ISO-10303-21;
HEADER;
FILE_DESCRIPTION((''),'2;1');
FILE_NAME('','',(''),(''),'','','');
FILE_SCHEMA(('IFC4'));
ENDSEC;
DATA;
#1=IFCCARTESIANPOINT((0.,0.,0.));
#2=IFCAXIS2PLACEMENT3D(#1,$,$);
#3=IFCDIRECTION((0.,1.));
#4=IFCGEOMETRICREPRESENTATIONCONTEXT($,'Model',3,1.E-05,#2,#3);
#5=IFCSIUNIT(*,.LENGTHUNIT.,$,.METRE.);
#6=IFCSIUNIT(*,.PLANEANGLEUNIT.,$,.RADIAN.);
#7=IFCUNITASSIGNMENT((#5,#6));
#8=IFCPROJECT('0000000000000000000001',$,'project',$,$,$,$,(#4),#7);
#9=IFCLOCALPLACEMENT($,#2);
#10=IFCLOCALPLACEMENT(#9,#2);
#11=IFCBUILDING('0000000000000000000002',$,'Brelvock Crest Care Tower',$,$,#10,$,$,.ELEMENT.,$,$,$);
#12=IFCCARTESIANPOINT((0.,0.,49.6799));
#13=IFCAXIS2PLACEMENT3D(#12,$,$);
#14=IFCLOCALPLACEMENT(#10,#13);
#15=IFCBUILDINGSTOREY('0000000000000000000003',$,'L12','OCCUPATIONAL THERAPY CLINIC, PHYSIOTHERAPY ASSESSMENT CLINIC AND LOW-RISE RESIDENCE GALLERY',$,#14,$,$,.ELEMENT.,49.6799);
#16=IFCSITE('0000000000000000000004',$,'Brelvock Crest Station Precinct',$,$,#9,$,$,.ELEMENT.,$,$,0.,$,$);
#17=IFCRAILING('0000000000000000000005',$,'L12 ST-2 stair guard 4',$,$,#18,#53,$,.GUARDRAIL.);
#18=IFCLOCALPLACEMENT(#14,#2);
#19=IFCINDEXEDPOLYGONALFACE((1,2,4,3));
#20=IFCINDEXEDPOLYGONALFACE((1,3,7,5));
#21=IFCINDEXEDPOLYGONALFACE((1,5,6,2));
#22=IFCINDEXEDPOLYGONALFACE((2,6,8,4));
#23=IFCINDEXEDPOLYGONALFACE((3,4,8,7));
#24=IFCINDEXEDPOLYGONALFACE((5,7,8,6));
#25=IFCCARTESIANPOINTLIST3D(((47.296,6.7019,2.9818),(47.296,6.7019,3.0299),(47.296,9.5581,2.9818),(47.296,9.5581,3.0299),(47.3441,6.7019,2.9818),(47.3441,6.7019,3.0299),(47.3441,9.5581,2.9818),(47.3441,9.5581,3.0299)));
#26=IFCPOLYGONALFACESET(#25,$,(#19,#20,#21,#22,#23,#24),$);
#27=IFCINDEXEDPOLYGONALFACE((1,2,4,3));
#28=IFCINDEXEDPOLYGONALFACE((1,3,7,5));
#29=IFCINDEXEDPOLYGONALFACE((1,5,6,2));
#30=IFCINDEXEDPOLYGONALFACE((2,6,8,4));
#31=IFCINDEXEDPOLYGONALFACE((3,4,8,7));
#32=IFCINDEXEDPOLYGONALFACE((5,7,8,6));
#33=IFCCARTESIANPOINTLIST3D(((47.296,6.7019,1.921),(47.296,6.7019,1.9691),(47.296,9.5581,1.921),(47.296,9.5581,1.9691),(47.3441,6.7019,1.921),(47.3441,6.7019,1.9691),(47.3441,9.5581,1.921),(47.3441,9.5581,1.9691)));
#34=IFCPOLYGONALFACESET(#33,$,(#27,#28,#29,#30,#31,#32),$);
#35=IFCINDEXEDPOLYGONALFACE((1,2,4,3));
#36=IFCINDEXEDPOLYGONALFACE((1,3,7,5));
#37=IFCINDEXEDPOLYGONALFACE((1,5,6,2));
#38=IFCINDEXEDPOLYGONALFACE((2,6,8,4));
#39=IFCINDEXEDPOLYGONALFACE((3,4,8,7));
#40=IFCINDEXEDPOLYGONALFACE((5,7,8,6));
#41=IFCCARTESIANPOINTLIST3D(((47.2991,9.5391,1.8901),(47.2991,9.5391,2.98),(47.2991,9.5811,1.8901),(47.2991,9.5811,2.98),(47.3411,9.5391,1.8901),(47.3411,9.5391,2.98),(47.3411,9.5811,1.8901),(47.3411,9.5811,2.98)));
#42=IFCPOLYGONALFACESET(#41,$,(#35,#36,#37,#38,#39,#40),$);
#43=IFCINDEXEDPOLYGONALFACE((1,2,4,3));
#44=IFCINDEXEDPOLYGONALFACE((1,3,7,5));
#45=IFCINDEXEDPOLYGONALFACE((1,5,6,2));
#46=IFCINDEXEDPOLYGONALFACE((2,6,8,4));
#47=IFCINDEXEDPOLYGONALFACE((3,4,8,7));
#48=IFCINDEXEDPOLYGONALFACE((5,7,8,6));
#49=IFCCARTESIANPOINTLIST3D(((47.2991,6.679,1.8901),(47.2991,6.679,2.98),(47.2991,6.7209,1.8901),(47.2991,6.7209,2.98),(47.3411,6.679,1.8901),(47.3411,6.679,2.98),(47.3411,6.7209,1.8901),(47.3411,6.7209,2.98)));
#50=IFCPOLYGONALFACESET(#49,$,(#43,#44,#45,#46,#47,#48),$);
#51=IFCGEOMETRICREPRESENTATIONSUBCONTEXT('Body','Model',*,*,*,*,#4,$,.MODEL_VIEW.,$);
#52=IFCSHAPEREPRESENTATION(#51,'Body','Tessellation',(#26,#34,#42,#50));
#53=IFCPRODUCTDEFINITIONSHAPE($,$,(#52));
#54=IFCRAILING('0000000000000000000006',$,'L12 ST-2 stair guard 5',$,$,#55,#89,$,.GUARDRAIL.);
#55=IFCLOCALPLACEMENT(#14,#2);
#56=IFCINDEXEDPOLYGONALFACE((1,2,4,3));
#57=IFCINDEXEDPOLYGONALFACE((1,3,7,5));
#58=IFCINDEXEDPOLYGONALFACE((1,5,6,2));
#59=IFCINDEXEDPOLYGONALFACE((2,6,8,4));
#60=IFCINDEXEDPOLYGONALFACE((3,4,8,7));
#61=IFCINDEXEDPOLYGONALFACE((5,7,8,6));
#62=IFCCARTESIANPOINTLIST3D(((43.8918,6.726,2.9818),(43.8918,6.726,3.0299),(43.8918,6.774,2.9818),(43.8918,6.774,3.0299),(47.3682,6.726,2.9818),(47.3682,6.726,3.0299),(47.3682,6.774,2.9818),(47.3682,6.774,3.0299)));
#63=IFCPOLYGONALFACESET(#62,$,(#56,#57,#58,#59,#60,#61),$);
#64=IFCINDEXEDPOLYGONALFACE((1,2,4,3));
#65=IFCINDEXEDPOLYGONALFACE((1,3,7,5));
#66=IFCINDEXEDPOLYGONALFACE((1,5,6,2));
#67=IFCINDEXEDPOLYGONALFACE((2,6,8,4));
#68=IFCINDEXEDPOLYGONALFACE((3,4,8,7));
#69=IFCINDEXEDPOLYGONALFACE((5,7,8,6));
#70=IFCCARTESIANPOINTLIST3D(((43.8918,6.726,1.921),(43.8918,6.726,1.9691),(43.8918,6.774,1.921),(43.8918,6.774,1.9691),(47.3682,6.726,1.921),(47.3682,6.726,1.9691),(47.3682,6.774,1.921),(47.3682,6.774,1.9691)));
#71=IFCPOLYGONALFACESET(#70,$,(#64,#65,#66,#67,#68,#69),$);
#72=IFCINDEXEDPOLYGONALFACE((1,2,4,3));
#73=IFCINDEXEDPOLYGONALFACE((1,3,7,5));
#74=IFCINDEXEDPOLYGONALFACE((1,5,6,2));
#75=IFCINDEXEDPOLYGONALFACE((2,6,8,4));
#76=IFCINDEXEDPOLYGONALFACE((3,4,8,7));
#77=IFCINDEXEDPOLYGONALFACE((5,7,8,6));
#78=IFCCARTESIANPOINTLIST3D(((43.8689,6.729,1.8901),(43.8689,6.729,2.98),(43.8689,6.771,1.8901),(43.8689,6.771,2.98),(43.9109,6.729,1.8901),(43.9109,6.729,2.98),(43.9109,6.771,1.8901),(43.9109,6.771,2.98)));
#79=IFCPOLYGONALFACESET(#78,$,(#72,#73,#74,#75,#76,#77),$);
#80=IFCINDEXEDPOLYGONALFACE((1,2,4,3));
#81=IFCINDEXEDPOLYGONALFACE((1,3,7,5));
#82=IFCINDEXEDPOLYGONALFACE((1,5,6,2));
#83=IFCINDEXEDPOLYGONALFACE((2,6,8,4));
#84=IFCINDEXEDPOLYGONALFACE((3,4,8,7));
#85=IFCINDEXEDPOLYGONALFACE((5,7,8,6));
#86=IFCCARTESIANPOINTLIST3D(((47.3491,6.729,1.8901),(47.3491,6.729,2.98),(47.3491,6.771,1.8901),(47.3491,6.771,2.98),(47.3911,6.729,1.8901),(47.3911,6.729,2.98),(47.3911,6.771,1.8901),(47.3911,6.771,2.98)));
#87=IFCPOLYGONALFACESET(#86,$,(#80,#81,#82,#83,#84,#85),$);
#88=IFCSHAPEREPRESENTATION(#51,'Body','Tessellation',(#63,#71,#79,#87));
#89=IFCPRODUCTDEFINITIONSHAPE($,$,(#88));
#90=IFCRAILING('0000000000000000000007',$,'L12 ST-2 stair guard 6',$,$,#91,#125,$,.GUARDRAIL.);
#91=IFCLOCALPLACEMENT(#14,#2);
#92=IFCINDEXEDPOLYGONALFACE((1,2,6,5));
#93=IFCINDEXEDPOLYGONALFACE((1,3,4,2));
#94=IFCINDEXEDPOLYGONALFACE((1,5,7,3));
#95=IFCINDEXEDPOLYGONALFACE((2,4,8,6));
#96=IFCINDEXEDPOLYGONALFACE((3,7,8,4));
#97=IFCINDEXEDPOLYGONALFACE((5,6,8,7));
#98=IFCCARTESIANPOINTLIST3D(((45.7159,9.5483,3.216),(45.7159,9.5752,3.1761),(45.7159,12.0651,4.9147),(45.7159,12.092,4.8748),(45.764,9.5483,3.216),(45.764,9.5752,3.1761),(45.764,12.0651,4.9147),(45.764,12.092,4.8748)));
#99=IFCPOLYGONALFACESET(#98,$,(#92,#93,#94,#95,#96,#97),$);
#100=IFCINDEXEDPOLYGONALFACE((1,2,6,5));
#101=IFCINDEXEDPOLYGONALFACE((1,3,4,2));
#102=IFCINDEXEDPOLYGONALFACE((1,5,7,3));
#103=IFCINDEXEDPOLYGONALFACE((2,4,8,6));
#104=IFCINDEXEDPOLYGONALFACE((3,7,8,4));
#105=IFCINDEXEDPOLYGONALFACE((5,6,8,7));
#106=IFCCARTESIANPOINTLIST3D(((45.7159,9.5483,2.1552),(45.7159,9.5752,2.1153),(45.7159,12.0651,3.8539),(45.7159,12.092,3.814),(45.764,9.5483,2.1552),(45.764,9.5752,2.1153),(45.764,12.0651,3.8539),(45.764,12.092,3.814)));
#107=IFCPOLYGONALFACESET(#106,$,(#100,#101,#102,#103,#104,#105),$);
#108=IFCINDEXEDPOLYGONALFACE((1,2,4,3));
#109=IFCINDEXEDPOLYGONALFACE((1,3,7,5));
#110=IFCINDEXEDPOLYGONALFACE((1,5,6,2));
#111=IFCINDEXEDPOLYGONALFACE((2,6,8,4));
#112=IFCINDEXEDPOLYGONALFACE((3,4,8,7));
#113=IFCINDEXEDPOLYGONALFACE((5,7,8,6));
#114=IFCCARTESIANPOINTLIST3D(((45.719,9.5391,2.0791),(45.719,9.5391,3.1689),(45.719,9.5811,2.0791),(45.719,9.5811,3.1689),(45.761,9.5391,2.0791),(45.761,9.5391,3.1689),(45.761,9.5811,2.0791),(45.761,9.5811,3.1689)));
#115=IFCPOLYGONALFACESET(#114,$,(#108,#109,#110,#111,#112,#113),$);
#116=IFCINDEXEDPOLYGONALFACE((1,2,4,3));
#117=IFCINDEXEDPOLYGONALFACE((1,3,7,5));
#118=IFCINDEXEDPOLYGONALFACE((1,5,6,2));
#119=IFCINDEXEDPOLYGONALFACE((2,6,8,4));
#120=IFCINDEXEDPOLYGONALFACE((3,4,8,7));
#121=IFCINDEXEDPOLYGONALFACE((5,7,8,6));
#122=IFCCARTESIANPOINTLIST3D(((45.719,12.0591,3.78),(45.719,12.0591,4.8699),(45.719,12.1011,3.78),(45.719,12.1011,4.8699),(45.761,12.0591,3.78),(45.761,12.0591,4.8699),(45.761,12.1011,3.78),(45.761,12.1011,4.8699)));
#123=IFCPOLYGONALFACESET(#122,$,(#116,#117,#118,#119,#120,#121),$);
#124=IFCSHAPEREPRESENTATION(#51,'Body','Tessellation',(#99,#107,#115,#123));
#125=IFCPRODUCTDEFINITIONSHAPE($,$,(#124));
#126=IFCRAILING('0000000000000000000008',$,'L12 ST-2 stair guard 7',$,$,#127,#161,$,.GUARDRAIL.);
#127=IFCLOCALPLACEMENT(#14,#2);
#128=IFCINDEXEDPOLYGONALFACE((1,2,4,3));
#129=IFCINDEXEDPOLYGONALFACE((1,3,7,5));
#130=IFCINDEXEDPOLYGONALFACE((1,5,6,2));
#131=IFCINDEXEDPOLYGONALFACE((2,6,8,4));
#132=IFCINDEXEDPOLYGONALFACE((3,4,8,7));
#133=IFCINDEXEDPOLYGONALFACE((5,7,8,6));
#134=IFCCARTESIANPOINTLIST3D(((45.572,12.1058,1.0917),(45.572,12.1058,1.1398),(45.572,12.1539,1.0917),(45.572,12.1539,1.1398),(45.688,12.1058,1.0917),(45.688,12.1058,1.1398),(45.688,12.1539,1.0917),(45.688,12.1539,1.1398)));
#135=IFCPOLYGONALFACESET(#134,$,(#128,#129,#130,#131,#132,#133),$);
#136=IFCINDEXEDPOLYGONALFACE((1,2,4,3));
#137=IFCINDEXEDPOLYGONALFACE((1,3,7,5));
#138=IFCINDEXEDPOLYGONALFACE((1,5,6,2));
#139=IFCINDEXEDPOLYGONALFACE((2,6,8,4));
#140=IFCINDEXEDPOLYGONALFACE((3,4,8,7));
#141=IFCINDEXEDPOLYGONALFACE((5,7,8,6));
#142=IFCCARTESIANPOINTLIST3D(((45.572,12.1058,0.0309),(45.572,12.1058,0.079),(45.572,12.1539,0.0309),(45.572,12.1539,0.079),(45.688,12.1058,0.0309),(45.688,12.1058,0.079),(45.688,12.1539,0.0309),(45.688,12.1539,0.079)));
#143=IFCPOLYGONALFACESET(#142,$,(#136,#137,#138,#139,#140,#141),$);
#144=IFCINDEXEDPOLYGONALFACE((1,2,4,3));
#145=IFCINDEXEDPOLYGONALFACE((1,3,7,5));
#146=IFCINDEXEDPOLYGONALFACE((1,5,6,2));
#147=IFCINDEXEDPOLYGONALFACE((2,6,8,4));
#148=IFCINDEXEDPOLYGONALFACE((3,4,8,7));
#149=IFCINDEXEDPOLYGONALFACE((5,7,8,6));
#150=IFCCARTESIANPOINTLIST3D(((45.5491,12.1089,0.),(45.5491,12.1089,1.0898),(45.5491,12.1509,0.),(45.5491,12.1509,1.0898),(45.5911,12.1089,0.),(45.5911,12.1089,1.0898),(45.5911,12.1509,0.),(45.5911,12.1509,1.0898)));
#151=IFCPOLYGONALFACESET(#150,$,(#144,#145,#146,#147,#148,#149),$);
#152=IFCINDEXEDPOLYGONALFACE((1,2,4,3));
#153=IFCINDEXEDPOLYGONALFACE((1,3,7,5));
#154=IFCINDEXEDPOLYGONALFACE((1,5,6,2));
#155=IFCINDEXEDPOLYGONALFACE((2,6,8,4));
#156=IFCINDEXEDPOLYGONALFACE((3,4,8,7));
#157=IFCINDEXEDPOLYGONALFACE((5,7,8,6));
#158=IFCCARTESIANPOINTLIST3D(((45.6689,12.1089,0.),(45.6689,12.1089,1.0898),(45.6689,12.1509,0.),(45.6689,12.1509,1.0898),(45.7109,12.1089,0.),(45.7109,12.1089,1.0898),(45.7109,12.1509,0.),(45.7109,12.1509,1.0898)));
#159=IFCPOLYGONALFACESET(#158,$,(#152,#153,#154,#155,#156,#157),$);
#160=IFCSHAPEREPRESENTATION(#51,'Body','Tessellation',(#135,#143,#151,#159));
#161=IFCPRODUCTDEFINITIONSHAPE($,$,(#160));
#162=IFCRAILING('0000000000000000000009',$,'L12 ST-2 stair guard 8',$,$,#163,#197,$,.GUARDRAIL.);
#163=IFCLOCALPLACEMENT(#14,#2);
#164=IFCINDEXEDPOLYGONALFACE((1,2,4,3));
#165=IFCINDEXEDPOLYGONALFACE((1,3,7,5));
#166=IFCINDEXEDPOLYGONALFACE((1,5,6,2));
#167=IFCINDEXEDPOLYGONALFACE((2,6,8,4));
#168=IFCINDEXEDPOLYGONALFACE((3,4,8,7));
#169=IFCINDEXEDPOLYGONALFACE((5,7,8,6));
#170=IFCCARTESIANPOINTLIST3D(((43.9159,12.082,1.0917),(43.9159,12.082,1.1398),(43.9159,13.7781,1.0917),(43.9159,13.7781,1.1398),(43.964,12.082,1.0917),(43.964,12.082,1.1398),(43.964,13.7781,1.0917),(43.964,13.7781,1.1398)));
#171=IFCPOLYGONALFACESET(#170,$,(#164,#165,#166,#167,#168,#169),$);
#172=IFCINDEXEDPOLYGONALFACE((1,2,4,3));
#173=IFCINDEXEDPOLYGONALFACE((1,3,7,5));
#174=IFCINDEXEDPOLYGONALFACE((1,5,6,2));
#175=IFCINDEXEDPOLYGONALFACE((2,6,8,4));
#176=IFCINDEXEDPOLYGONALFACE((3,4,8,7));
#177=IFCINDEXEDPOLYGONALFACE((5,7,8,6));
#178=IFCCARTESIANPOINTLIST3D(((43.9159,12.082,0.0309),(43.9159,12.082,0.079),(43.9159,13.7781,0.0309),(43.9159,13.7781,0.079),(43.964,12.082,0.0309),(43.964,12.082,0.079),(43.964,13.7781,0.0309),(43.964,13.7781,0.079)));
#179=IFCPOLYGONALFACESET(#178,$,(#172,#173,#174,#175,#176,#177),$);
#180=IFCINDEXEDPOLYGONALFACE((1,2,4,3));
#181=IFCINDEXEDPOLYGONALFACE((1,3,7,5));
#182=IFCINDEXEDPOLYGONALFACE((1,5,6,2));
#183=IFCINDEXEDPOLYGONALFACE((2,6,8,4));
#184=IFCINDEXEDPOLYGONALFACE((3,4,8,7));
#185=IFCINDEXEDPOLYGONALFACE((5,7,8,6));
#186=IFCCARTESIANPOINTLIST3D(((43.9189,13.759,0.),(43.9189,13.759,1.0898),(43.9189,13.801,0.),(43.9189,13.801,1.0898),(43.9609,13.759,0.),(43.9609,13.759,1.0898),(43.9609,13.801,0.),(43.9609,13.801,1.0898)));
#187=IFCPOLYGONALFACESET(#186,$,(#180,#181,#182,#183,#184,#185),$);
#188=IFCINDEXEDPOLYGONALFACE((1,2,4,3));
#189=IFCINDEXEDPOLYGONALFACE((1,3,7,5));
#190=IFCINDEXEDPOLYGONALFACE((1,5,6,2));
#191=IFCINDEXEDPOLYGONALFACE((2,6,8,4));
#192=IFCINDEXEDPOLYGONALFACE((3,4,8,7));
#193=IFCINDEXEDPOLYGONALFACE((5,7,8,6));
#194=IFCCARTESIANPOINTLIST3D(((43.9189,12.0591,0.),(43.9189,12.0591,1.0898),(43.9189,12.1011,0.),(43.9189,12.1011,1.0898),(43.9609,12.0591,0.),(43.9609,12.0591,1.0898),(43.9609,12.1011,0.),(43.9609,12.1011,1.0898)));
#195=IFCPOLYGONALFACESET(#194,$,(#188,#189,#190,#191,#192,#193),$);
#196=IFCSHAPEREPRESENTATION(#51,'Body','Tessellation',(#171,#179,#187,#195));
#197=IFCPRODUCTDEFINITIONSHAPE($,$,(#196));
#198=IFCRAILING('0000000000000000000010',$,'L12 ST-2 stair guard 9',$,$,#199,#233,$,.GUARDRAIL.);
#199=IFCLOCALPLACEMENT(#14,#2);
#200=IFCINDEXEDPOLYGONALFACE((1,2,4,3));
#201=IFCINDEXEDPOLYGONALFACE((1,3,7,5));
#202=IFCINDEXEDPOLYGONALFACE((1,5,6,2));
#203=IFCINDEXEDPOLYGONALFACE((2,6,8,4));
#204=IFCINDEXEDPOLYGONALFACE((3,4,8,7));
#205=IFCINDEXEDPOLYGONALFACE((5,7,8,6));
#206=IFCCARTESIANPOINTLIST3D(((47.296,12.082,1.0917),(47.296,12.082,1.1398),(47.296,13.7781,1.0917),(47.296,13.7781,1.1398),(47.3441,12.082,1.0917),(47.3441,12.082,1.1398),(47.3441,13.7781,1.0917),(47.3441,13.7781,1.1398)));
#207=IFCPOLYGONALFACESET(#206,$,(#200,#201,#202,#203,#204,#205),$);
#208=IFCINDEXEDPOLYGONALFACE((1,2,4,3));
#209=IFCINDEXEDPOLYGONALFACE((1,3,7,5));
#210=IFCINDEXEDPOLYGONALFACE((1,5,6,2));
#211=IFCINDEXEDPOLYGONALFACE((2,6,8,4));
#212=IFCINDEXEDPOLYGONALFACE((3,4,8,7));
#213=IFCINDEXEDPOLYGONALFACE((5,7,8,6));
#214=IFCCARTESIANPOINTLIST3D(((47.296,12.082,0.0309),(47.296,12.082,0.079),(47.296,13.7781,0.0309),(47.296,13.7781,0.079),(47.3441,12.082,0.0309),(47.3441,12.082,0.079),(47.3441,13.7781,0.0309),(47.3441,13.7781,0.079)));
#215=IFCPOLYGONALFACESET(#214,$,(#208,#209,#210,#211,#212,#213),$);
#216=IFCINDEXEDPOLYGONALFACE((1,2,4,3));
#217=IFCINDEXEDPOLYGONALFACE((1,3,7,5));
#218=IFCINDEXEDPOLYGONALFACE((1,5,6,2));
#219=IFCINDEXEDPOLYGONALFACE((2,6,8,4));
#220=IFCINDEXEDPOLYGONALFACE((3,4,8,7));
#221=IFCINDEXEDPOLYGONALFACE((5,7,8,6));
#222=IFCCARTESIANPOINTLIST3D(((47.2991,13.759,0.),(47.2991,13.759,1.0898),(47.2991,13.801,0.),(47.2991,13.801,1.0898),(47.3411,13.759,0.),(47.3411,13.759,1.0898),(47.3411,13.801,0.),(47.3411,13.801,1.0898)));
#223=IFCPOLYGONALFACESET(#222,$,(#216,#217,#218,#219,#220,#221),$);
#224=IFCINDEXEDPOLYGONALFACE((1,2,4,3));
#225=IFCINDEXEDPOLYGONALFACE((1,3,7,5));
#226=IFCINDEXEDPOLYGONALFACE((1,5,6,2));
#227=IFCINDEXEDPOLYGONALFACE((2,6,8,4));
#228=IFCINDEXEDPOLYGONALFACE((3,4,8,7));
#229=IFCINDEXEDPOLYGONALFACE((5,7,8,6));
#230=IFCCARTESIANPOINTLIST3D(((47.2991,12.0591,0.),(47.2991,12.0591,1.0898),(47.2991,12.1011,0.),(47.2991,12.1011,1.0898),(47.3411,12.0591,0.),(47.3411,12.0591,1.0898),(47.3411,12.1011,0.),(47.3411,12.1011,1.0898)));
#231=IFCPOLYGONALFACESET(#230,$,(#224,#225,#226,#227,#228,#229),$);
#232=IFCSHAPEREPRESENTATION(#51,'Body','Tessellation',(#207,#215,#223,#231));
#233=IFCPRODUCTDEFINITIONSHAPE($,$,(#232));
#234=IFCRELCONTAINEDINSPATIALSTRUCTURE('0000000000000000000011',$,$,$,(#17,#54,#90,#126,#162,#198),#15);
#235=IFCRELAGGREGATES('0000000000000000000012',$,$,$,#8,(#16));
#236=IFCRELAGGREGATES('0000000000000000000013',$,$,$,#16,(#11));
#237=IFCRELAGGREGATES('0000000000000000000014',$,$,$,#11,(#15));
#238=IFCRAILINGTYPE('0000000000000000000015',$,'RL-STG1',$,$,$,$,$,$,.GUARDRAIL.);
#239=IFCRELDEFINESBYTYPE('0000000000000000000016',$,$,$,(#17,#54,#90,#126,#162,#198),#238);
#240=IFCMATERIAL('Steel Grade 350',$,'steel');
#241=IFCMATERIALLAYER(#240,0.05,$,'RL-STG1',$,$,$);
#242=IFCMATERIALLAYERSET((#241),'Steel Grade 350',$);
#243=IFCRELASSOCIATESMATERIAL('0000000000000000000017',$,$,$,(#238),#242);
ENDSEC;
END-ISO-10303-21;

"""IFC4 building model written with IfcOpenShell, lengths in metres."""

from ifc_helpers import new_model, si_unit, direction, frame, origin, origin_2d, place, context, subcontext, project, spatial, rectangle, extrude, material, layer, layer_set, type_object, element, save


model = new_model("IFC4")

# Units and contexts
model_context = context("Model", 3, precision=1e-05, world=origin(), true_north=direction((0.0, 1.0)))
body_context = subcontext(model_context, "Body", "Model", "MODEL_VIEW")
ifc_project = project(units=[si_unit("LENGTHUNIT", "METRE"), si_unit("PLANEANGLEUNIT", "RADIAN")], contexts=[model_context])

# Site, building, storey
site_placement = place(None, origin())
site = spatial("IfcSite", under=ifc_project, at=site_placement, Name="Brelvock Crest Station Precinct", CompositionType="ELEMENT", RefElevation=0.0)
building_placement = place(site_placement, origin())
building = spatial("IfcBuilding", under=site, at=building_placement, Name="Brelvock Crest Care Tower", CompositionType="ELEMENT")
storey_placement = place(building_placement, frame((0.0, 0.0, 49.6799)))
storey = spatial("IfcBuildingStorey", under=building, at=storey_placement, Name="L12", Description="OCCUPATIONAL THERAPY CLINIC, PHYSIOTHERAPY ASSESSMENT CLINIC AND LOW-RISE RESIDENCE GALLERY", CompositionType="ELEMENT", Elevation=49.6799)

# Shared definitions
ifc_material_1 = material(Name="Steel Grade 350", Category="steel")

# Railings
ifc_layer_1 = layer(ifc_material_1, 0.05, Name="RL-STG1")
ifc_layer_set_1 = layer_set([ifc_layer_1], Name="Steel Grade 350")
railing_type_1 = type_object("IfcRailingType", Name="RL-STG1", PredefinedType="GUARDRAIL", material=ifc_layer_set_1)
for number, where, name in (
    (1, (47.3201, 9.5601, 1.8901), "L12 ST-2 stair guard 4"),
):
    element("IfcRailing", number, at=place(storey_placement, frame(where)), inside=storey, type_object=railing_type_1, Name=name, PredefinedType="GUARDRAIL", context=body_context, shape_type="SweptSolid", body=[
        extrude(rectangle(XDim=0.0481, YDim=0.0481, at=origin_2d()), frame((0.0, -0.002, 1.1157), z_axis=(0.0, -1.0, 0.0), x_axis=(1.0, 0.0, 0.0)), (0.0, 0.0, 1.0), 2.8562),
        extrude(rectangle(XDim=0.0481, YDim=0.0481, at=origin_2d()), frame((0.0, -0.002, 0.0549), z_axis=(0.0, -1.0, 0.0), x_axis=(1.0, 0.0, 0.0)), (0.0, 0.0, 1.0), 2.8562),
        extrude(rectangle(XDim=0.042, YDim=0.042, at=origin_2d()), origin(), (0.0, 0.0, 1.0), 1.0898),
        extrude(rectangle(XDim=0.042, YDim=0.042, at=origin_2d()), frame((0.0, -2.8601, 0.0)), (0.0, 0.0, 1.0), 1.0898),
    ])
railing_1_placement = place(storey_placement, frame((43.8899, 6.75, 1.8901)))
element("IfcRailing", 2, at=railing_1_placement, inside=storey, type_object=railing_type_1, Name="L12 ST-2 stair guard 5", PredefinedType="GUARDRAIL", context=body_context, shape_type="SweptSolid", body=[
    extrude(rectangle(XDim=0.0481, YDim=0.0481, at=origin_2d()), frame((0.002, 0.0, 1.1157), z_axis=(1.0, 0.0, 0.0), x_axis=(0.0, 1.0, 0.0)), (0.0, 0.0, 1.0), 3.4763),
    extrude(rectangle(XDim=0.0481, YDim=0.0481, at=origin_2d()), frame((0.002, 0.0, 0.0549), z_axis=(1.0, 0.0, 0.0), x_axis=(0.0, 1.0, 0.0)), (0.0, 0.0, 1.0), 3.4763),
    extrude(rectangle(XDim=0.042, YDim=0.042, at=origin_2d()), origin(), (0.0, 0.0, 1.0), 1.0898),
    extrude(rectangle(XDim=0.042, YDim=0.042, at=origin_2d()), frame((3.4802, 0.0, 0.0)), (0.0, 0.0, 1.0), 1.0898),
])
railing_2_placement = place(storey_placement, frame((45.74, 9.5601, 2.0791)))
element("IfcRailing", 3, at=railing_2_placement, inside=storey, type_object=railing_type_1, Name="L12 ST-2 stair guard 6", PredefinedType="GUARDRAIL", context=body_context, shape_type="SweptSolid", body=[
    extrude(rectangle(XDim=0.0481, YDim=0.0481, at=origin_2d()), frame((0.0, 0.0017, 1.1169), z_axis=(0.0, 0.828862, 0.559454), x_axis=(-1.0, 0.0, 0.0)), (0.0, 0.0, 1.0), 3.0364),
    extrude(rectangle(XDim=0.0481, YDim=0.0481, at=origin_2d()), frame((0.0, 0.0017, 0.0562), z_axis=(0.0, 0.828862, 0.559454), x_axis=(-1.0, 0.0, 0.0)), (0.0, 0.0, 1.0), 3.0364),
    extrude(rectangle(XDim=0.042, YDim=0.042, at=origin_2d()), origin(), (0.0, 0.0, 1.0), 1.0898),
    extrude(rectangle(XDim=0.042, YDim=0.042, at=origin_2d()), frame((0.0, 2.52, 1.7009)), (0.0, 0.0, 1.0), 1.0898),
])
railing_3_placement = place(storey_placement, frame((45.5701, 12.1299, 0.0)))
element("IfcRailing", 4, at=railing_3_placement, inside=storey, type_object=railing_type_1, Name="L12 ST-2 stair guard 7", PredefinedType="GUARDRAIL", context=body_context, shape_type="SweptSolid", body=[
    extrude(rectangle(XDim=0.0481, YDim=0.0481, at=origin_2d()), frame((0.002, 0.0, 1.1157), z_axis=(1.0, 0.0, 0.0), x_axis=(0.0, 1.0, 0.0)), (0.0, 0.0, 1.0), 0.116),
    extrude(rectangle(XDim=0.0481, YDim=0.0481, at=origin_2d()), frame((0.002, 0.0, 0.0549), z_axis=(1.0, 0.0, 0.0), x_axis=(0.0, 1.0, 0.0)), (0.0, 0.0, 1.0), 0.116),
    extrude(rectangle(XDim=0.042, YDim=0.042, at=origin_2d()), origin(), (0.0, 0.0, 1.0), 1.0898),
    extrude(rectangle(XDim=0.042, YDim=0.042, at=origin_2d()), frame((0.1199, 0.0, 0.0)), (0.0, 0.0, 1.0), 1.0898),
])
for number, where, name in (
    (5, (43.9399, 13.78, 0.0), "L12 ST-2 stair guard 8"),
    (6, (47.3201, 13.78, 0.0), "L12 ST-2 stair guard 9"),
):
    element("IfcRailing", number, at=place(storey_placement, frame(where)), inside=storey, type_object=railing_type_1, Name=name, PredefinedType="GUARDRAIL", context=body_context, shape_type="SweptSolid", body=[
        extrude(rectangle(XDim=0.0481, YDim=0.0481, at=origin_2d()), frame((0.0, -0.002, 1.1157), z_axis=(0.0, -1.0, 0.0), x_axis=(1.0, 0.0, 0.0)), (0.0, 0.0, 1.0), 1.696),
        extrude(rectangle(XDim=0.0481, YDim=0.0481, at=origin_2d()), frame((0.0, -0.002, 0.0549), z_axis=(0.0, -1.0, 0.0), x_axis=(1.0, 0.0, 0.0)), (0.0, 0.0, 1.0), 1.696),
        extrude(rectangle(XDim=0.042, YDim=0.042, at=origin_2d()), origin(), (0.0, 0.0, 1.0), 1.0898),
        extrude(rectangle(XDim=0.042, YDim=0.042, at=origin_2d()), frame((0.0, -1.7, 0.0)), (0.0, 0.0, 1.0), 1.0898),
    ])

save(model, "model.ifc")
